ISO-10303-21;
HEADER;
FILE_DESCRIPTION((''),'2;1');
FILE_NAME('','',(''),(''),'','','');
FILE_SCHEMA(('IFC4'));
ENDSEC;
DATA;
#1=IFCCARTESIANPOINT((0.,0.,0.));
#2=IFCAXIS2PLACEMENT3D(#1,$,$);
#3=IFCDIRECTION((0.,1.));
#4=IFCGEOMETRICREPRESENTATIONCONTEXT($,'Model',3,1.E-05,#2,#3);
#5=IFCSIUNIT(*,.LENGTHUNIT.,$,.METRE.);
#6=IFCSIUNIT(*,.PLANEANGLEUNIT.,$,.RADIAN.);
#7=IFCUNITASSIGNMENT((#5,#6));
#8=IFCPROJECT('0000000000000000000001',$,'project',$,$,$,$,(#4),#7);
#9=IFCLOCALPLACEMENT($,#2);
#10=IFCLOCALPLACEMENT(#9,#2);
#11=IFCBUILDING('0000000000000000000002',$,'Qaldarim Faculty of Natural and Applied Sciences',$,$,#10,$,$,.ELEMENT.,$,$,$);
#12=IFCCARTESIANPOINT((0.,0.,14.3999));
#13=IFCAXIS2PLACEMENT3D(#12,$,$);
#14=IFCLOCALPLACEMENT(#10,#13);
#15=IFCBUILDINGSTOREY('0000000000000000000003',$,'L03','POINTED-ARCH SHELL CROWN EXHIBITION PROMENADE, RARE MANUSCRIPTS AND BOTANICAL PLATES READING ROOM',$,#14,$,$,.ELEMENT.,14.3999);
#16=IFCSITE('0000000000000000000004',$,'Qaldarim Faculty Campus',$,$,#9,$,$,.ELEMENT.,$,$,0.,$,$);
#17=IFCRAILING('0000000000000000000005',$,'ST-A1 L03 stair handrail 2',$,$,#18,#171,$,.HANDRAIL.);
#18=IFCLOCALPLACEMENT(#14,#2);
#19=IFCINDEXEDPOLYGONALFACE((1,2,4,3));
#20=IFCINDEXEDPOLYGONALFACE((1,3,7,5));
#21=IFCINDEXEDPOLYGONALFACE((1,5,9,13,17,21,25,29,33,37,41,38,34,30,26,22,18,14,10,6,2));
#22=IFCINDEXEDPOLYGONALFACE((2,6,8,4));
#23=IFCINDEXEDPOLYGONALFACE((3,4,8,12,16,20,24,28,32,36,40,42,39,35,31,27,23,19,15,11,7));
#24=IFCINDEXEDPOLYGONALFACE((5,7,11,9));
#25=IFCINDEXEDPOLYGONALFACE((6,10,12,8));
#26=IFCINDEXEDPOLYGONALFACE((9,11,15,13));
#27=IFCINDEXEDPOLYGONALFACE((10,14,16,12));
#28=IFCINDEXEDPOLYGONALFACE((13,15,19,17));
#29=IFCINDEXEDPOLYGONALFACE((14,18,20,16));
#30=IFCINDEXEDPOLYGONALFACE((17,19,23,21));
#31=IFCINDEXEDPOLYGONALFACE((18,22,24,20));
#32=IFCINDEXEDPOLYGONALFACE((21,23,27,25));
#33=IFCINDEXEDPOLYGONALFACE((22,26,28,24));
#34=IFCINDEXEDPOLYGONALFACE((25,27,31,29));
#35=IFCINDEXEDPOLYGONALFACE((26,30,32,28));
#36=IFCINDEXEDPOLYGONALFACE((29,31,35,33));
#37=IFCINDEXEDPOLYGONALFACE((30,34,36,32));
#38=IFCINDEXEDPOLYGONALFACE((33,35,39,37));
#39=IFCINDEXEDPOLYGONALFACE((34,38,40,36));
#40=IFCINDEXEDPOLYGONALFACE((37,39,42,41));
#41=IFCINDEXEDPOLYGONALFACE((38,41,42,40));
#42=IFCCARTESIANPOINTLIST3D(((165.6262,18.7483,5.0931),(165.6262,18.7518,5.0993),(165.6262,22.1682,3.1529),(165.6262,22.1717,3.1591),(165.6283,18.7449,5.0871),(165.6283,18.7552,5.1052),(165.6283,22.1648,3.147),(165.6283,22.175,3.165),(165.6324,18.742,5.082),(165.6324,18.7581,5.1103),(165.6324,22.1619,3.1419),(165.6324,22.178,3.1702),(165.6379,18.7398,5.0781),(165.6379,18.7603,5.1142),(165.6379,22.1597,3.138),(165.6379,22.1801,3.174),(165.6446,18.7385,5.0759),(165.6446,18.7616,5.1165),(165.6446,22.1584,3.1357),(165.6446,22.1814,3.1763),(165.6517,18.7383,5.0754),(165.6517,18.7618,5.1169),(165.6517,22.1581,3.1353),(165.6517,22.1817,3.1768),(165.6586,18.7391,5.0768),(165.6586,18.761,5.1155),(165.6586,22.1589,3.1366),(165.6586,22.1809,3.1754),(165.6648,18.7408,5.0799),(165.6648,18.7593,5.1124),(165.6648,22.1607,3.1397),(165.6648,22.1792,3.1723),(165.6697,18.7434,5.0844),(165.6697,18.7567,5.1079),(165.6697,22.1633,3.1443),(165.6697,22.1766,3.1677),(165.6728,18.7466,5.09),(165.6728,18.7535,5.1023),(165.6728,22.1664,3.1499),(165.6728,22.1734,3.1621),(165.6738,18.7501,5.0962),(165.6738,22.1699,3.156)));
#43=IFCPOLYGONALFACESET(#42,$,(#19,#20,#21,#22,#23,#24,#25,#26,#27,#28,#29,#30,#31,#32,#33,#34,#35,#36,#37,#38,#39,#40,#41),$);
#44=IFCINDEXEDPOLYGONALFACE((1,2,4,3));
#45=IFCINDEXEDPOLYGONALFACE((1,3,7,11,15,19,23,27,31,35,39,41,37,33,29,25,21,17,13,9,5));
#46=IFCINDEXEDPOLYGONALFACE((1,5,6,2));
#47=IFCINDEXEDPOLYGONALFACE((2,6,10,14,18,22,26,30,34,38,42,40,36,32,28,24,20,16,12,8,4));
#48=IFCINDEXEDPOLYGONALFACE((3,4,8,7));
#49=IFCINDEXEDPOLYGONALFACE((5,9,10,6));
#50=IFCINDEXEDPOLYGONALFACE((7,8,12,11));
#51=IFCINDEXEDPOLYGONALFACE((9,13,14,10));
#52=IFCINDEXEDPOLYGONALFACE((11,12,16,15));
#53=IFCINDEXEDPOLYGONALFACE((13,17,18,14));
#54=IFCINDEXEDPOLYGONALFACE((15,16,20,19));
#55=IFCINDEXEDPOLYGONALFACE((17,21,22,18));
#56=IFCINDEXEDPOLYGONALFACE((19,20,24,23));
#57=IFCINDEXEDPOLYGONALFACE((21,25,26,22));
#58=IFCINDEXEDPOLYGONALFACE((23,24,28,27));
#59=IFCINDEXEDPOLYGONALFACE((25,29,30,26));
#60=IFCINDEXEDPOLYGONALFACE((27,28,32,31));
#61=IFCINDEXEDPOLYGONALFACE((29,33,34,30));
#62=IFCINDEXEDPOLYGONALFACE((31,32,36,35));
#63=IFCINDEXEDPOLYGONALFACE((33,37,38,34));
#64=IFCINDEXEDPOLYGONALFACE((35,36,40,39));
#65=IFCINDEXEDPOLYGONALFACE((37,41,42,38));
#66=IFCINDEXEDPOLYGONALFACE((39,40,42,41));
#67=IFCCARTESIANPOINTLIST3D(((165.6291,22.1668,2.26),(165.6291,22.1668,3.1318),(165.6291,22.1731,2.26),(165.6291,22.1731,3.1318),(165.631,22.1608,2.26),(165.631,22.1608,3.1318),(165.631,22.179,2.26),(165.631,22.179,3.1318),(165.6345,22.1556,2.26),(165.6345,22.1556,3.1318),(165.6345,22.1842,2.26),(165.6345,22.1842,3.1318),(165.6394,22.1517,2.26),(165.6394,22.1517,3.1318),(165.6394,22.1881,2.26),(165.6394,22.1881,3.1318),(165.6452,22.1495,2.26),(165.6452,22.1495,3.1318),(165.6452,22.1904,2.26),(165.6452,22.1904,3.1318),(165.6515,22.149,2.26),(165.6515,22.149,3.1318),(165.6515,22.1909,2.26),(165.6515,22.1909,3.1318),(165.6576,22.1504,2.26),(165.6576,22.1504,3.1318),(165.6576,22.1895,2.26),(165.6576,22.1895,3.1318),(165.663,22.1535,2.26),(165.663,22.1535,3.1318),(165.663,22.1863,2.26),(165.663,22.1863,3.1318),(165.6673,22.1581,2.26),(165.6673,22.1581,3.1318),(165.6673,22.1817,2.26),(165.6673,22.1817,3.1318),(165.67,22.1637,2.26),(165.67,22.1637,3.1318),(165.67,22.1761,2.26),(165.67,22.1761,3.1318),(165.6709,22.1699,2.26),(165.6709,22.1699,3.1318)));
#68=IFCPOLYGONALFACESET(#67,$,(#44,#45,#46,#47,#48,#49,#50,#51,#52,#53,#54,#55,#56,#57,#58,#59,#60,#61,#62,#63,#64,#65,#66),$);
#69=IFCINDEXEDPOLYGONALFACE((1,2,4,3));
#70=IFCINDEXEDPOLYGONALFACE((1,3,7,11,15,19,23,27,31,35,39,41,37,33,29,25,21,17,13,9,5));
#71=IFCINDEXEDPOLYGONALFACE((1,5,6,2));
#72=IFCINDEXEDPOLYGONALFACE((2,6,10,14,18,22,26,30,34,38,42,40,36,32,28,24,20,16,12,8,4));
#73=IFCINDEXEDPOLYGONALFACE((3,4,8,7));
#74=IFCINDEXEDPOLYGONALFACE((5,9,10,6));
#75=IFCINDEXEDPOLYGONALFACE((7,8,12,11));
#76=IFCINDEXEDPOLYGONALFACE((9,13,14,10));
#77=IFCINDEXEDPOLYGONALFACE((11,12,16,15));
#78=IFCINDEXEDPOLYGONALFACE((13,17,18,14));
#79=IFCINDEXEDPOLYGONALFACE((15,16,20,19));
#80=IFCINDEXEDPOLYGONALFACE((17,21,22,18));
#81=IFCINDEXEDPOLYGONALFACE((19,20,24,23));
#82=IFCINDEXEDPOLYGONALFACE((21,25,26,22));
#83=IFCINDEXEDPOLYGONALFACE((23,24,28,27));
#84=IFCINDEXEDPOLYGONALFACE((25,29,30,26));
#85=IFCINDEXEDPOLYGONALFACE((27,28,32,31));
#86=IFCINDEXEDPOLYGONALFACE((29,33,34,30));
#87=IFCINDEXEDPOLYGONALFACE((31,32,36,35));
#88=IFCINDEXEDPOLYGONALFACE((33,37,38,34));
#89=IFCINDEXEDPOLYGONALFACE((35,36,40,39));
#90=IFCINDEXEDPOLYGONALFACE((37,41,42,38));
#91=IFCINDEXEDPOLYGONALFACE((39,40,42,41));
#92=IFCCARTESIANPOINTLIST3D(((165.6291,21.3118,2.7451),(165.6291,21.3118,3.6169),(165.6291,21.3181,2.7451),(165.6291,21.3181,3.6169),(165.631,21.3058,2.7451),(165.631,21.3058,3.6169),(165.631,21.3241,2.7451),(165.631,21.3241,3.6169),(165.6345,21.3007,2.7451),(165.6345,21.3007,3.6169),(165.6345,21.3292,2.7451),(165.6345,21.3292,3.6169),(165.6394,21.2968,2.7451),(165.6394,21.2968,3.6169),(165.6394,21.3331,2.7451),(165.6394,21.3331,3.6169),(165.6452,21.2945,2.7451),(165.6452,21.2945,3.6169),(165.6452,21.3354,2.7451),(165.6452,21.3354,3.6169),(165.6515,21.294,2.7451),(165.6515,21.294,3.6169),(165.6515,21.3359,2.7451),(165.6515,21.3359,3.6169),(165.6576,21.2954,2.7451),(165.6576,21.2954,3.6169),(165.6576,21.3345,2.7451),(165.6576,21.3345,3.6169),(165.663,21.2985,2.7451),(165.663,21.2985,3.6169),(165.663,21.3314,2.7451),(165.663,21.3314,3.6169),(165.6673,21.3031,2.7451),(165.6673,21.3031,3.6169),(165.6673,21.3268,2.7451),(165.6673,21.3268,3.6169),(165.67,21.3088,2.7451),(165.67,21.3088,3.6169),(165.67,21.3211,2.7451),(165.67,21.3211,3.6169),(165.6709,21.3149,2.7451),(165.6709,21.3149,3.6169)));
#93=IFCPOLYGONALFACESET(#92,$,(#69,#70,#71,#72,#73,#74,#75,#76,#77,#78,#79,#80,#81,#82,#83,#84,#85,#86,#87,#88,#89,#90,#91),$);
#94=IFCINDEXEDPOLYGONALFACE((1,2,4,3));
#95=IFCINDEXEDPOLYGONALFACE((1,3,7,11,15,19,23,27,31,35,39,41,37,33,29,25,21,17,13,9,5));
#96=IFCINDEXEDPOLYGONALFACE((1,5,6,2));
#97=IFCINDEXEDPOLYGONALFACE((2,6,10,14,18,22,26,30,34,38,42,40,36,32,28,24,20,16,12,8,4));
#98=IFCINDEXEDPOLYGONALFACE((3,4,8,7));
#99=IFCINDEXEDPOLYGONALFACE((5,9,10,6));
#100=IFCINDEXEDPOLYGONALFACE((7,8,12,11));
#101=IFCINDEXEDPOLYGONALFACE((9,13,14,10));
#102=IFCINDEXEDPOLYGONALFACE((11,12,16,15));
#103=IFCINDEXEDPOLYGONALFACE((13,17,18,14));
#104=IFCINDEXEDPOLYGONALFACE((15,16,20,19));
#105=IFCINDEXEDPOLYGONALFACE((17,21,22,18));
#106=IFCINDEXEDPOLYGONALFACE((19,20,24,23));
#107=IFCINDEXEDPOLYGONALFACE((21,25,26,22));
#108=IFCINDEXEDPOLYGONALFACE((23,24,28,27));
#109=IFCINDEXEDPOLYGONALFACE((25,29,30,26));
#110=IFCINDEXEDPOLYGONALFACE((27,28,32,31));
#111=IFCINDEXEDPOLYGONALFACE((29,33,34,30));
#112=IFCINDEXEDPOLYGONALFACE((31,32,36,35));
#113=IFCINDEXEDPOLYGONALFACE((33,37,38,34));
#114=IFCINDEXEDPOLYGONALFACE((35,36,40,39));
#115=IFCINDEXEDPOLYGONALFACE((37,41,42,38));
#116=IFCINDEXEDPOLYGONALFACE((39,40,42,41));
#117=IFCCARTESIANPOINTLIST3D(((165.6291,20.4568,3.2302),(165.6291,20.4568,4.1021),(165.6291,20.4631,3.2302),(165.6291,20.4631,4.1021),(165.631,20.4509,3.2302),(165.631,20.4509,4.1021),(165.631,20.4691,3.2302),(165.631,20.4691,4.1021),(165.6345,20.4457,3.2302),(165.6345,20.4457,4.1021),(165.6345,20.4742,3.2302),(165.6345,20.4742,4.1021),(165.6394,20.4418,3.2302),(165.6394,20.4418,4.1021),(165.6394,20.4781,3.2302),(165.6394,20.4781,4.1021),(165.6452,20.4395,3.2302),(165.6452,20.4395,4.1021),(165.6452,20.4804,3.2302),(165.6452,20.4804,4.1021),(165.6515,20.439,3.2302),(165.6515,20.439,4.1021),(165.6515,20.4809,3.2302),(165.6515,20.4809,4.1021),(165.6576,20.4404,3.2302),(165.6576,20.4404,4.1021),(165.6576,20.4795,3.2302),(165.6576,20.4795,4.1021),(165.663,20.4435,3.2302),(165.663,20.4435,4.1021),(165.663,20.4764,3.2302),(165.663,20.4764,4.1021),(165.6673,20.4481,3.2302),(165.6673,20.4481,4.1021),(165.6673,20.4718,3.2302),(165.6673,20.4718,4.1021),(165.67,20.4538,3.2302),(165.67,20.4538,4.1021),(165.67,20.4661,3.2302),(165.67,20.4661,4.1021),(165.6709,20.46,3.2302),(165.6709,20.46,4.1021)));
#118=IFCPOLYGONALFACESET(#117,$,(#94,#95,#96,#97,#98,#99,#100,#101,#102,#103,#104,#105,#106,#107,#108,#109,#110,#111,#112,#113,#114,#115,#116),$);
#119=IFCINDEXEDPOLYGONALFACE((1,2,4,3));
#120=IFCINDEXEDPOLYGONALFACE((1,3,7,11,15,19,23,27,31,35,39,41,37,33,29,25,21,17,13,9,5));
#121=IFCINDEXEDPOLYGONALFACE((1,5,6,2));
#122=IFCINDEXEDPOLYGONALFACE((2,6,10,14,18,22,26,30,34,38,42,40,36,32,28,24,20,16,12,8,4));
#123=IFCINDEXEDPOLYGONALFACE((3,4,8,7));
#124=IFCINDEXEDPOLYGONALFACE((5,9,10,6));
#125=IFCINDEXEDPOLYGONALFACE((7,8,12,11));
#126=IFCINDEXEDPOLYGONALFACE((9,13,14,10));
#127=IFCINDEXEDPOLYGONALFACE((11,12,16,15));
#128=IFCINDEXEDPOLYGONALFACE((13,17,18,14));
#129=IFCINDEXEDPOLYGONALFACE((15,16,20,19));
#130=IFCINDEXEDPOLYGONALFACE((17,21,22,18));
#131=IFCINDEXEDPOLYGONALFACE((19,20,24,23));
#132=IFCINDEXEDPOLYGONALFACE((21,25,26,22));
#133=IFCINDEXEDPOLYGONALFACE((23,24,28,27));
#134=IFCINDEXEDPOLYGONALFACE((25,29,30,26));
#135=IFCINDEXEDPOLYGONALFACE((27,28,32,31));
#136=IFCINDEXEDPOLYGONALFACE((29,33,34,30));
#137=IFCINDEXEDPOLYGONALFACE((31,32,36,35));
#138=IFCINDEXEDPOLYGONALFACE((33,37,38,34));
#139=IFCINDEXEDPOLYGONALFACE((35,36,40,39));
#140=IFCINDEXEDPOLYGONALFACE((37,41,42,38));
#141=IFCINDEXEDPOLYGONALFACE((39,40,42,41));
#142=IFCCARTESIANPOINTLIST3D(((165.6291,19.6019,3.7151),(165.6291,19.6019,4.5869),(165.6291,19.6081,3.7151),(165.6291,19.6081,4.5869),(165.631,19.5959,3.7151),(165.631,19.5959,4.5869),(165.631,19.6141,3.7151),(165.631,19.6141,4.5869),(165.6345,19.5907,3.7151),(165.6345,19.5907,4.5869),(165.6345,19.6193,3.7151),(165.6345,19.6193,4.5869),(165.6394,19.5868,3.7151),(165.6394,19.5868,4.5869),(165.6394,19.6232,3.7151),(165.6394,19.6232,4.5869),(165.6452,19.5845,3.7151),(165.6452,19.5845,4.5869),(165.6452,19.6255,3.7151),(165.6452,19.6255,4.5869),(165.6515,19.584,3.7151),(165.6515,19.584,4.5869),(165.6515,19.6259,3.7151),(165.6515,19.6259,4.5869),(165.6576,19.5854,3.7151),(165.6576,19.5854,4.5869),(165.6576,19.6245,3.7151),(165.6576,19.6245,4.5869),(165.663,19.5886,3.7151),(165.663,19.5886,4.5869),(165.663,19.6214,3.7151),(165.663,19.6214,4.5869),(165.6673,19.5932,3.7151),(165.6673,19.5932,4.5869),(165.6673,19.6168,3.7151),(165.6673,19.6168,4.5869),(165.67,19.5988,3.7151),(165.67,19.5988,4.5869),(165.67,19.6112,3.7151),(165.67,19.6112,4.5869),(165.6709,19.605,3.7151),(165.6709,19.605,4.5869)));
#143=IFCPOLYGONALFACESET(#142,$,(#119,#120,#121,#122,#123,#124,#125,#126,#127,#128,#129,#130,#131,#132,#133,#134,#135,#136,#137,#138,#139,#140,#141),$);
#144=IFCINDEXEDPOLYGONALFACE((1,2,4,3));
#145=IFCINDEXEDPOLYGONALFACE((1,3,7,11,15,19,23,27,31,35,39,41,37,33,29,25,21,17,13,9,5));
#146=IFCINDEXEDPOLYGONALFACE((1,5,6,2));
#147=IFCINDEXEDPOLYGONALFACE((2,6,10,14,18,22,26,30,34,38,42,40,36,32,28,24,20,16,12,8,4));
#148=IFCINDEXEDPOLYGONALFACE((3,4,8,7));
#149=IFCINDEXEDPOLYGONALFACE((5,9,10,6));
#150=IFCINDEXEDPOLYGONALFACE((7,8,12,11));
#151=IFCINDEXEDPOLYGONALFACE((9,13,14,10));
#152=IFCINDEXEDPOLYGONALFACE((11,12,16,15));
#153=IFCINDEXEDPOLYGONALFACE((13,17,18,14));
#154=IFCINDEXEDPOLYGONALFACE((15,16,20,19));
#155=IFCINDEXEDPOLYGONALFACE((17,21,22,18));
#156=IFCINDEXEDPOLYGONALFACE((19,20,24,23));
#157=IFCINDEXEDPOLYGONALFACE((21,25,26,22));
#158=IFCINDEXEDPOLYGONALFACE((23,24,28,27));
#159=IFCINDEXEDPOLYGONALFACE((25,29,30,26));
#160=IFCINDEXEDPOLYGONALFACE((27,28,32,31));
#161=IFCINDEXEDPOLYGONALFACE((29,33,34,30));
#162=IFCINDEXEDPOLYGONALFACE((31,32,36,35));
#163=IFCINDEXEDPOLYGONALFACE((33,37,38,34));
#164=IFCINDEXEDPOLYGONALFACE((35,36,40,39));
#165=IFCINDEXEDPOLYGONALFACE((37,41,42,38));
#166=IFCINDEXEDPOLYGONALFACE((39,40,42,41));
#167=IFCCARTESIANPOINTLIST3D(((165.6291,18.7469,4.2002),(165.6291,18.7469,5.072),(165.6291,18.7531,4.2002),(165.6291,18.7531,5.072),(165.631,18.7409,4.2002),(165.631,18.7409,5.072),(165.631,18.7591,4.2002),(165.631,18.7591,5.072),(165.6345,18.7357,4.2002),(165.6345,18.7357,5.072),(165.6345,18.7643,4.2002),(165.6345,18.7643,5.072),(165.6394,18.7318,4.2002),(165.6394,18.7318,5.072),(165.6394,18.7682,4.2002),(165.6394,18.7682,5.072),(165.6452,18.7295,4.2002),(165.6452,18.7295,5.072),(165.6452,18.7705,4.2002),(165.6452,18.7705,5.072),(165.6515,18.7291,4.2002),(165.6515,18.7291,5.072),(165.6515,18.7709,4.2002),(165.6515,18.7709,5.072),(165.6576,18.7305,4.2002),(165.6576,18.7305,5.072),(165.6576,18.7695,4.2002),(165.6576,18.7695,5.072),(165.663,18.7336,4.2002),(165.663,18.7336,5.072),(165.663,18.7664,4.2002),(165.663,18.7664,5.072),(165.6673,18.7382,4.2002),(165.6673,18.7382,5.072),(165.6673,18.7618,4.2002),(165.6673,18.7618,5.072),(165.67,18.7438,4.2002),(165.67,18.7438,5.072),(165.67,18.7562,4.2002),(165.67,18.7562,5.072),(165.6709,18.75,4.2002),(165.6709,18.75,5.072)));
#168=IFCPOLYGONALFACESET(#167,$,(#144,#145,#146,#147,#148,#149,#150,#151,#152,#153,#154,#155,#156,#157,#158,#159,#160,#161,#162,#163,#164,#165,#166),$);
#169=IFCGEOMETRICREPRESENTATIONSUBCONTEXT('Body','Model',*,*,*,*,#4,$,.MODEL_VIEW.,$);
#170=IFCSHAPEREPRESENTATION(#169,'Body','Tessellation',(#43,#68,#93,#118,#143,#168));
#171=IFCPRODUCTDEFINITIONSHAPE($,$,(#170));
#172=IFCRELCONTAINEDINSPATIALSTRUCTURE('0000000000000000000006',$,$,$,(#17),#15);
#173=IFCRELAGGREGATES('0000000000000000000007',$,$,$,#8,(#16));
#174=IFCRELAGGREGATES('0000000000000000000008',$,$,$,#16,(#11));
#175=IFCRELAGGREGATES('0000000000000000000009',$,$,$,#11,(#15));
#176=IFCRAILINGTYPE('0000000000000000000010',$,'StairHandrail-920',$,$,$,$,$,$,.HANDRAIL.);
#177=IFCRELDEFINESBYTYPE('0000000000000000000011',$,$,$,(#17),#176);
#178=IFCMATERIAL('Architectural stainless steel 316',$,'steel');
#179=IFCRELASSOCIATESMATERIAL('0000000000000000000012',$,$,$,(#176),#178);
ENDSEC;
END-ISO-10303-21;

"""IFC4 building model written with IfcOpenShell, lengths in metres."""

from ifc_helpers import new_model, si_unit, direction, frame, origin, origin_2d, place, context, subcontext, project, spatial, circle, extrude, material, type_object, element, save


model = new_model("IFC4")

# Units and contexts
model_context = context("Model", 3, precision=1e-05, world=origin(), true_north=direction((0.0, 1.0)))
body_context = subcontext(model_context, "Body", "Model", "MODEL_VIEW")
ifc_project = project(units=[si_unit("LENGTHUNIT", "METRE"), si_unit("PLANEANGLEUNIT", "RADIAN")], contexts=[model_context])

# Site, building, storey
site_placement = place(None, origin())
site = spatial("IfcSite", under=ifc_project, at=site_placement, Name="Qaldarim Faculty Campus", CompositionType="ELEMENT", RefElevation=0.0)
building_placement = place(site_placement, origin())
building = spatial("IfcBuilding", under=site, at=building_placement, Name="Qaldarim Faculty of Natural and Applied Sciences", CompositionType="ELEMENT")
storey_placement = place(building_placement, frame((0.0, 0.0, 14.3999)))
storey = spatial("IfcBuildingStorey", under=building, at=storey_placement, Name="L03", Description="POINTED-ARCH SHELL CROWN EXHIBITION PROMENADE, RARE MANUSCRIPTS AND BOTANICAL PLATES READING ROOM", CompositionType="ELEMENT", Elevation=14.3999)

# Shared definitions
ifc_material_1 = material(Name="Architectural stainless steel 316", Category="steel")

# Railing
railing_type_1 = type_object("IfcRailingType", Name="StairHandrail-920", PredefinedType="HANDRAIL", material=ifc_material_1)
railing_1_placement = place(storey_placement, frame((165.6499, 22.1699, 2.26)))
element("IfcRailing", 1, at=railing_1_placement, inside=storey, type_object=railing_type_1, Name="ST-A1 L03 stair handrail 2", PredefinedType="HANDRAIL", context=body_context, shape_type="SweptSolid", body=[
    extrude(circle(Radius=0.0239, at=origin_2d()), frame((0.0, 0.0, 0.896), z_axis=(0.0, -0.869779, 0.493442), x_axis=(1.0, 0.0, 0.0)), (0.0, 0.0, 1.0), 3.9319),
    extrude(circle(Radius=0.021, at=origin_2d()), origin(), (0.0, 0.0, 1.0), 0.8718),
    extrude(circle(Radius=0.021, at=origin_2d()), frame((0.0, -0.855, 0.4851)), (0.0, 0.0, 1.0), 0.8718),
    extrude(circle(Radius=0.021, at=origin_2d()), frame((0.0, -1.71, 0.9702)), (0.0, 0.0, 1.0), 0.8718),
    extrude(circle(Radius=0.021, at=origin_2d()), frame((0.0, -2.5649, 1.4551)), (0.0, 0.0, 1.0), 0.8718),
    extrude(circle(Radius=0.021, at=origin_2d()), frame((0.0, -3.4199, 1.9402)), (0.0, 0.0, 1.0), 0.8718),
])

save(model, "model.ifc")
